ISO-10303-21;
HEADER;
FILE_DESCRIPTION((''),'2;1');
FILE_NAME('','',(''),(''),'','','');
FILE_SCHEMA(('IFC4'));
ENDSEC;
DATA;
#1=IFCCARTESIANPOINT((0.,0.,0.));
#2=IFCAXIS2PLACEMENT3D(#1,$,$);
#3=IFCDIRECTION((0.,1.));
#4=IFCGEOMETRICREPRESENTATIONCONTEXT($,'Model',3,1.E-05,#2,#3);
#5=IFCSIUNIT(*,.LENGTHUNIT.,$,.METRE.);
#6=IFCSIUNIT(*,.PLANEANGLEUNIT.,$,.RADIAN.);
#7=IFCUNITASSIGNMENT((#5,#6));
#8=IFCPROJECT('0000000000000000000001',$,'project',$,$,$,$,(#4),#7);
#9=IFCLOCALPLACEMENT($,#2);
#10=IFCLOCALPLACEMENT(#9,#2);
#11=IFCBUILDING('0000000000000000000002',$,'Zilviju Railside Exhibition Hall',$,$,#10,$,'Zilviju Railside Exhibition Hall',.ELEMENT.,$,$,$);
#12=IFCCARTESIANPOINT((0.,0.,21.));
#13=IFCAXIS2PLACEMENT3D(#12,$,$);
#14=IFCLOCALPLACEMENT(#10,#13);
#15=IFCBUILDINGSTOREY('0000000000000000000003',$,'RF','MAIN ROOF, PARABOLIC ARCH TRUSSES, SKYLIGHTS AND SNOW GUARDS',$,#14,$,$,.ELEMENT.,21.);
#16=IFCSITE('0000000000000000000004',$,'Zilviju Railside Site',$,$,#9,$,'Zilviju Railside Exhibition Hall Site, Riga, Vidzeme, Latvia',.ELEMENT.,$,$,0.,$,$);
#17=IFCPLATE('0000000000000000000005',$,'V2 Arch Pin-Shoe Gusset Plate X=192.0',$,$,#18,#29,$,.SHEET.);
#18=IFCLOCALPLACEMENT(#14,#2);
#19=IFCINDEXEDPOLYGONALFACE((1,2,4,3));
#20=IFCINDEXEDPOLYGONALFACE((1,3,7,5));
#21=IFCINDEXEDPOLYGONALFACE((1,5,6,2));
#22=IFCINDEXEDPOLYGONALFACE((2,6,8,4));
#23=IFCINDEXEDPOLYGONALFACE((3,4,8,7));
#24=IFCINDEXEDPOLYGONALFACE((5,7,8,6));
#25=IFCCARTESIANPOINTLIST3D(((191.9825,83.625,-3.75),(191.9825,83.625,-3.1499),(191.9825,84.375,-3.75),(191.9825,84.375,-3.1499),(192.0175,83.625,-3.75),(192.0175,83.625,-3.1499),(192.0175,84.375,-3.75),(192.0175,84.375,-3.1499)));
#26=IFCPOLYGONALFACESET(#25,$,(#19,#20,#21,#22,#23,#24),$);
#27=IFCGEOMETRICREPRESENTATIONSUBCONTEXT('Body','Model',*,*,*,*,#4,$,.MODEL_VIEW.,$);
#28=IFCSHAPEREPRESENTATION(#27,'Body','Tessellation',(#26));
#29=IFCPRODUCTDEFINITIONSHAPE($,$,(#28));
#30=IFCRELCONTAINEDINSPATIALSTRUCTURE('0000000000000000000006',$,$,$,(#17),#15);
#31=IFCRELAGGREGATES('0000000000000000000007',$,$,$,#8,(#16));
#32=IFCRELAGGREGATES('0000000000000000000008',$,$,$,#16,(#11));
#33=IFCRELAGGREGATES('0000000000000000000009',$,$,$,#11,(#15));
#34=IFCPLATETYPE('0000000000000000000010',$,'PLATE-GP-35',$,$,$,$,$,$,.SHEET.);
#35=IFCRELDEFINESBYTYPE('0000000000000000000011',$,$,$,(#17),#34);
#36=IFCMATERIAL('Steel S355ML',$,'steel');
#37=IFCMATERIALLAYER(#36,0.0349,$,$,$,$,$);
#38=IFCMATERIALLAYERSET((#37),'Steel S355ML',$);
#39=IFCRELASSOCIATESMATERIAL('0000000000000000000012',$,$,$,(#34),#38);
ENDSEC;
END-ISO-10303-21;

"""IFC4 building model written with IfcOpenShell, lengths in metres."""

from ifc_helpers import new_model, si_unit, direction, frame, origin, origin_2d, place, context, subcontext, project, spatial, rectangle, extrude, material, layer, layer_set, type_object, element, save


model = new_model("IFC4")

# Units and contexts
model_context = context("Model", 3, precision=1e-05, world=origin(), true_north=direction((0.0, 1.0)))
body_context = subcontext(model_context, "Body", "Model", "MODEL_VIEW")
ifc_project = project(units=[si_unit("LENGTHUNIT", "METRE"), si_unit("PLANEANGLEUNIT", "RADIAN")], contexts=[model_context])

# Site, building, storey
site_placement = place(None, origin())
site = spatial("IfcSite", under=ifc_project, at=site_placement, Name="Zilviju Railside Site", LongName="Zilviju Railside Exhibition Hall Site, Riga, Vidzeme, Latvia", CompositionType="ELEMENT", RefElevation=0.0)
building_placement = place(site_placement, origin())
building = spatial("IfcBuilding", under=site, at=building_placement, Name="Zilviju Railside Exhibition Hall", LongName="Zilviju Railside Exhibition Hall", CompositionType="ELEMENT")
storey_placement = place(building_placement, frame((0.0, 0.0, 21.0)))
storey = spatial("IfcBuildingStorey", under=building, at=storey_placement, Name="RF", Description="MAIN ROOF, PARABOLIC ARCH TRUSSES, SKYLIGHTS AND SNOW GUARDS", CompositionType="ELEMENT", Elevation=21.0)

# Plate
ifc_material_1 = material(Name="Steel S355ML", Category="steel")
ifc_layer_1 = layer(ifc_material_1, 0.0349)
ifc_layer_set_1 = layer_set([ifc_layer_1], Name="Steel S355ML")
plate_type_1 = type_object("IfcPlateType", Name="PLATE-GP-35", PredefinedType="SHEET", material=ifc_layer_set_1)
for number, where, z_axis, x_axis, name in (
    (1, (192.0, 84.0, -3.75), (0.0, 0.0, 1.0), (1.0, 0.0, 0.0), "V2 Arch Pin-Shoe Gusset Plate X=192.0"),
):
    element("IfcPlate", number, at=place(storey_placement, frame(where, z_axis=z_axis, x_axis=x_axis)), inside=storey, type_object=plate_type_1, Name=name, PredefinedType="SHEET", context=body_context, shape_type="SweptSolid", body=[
        extrude(rectangle(XDim=0.0349, YDim=0.75, at=origin_2d()), origin(), (0.0, 0.0, 1.0), 0.6001),
    ])

save(model, "model.ifc")
